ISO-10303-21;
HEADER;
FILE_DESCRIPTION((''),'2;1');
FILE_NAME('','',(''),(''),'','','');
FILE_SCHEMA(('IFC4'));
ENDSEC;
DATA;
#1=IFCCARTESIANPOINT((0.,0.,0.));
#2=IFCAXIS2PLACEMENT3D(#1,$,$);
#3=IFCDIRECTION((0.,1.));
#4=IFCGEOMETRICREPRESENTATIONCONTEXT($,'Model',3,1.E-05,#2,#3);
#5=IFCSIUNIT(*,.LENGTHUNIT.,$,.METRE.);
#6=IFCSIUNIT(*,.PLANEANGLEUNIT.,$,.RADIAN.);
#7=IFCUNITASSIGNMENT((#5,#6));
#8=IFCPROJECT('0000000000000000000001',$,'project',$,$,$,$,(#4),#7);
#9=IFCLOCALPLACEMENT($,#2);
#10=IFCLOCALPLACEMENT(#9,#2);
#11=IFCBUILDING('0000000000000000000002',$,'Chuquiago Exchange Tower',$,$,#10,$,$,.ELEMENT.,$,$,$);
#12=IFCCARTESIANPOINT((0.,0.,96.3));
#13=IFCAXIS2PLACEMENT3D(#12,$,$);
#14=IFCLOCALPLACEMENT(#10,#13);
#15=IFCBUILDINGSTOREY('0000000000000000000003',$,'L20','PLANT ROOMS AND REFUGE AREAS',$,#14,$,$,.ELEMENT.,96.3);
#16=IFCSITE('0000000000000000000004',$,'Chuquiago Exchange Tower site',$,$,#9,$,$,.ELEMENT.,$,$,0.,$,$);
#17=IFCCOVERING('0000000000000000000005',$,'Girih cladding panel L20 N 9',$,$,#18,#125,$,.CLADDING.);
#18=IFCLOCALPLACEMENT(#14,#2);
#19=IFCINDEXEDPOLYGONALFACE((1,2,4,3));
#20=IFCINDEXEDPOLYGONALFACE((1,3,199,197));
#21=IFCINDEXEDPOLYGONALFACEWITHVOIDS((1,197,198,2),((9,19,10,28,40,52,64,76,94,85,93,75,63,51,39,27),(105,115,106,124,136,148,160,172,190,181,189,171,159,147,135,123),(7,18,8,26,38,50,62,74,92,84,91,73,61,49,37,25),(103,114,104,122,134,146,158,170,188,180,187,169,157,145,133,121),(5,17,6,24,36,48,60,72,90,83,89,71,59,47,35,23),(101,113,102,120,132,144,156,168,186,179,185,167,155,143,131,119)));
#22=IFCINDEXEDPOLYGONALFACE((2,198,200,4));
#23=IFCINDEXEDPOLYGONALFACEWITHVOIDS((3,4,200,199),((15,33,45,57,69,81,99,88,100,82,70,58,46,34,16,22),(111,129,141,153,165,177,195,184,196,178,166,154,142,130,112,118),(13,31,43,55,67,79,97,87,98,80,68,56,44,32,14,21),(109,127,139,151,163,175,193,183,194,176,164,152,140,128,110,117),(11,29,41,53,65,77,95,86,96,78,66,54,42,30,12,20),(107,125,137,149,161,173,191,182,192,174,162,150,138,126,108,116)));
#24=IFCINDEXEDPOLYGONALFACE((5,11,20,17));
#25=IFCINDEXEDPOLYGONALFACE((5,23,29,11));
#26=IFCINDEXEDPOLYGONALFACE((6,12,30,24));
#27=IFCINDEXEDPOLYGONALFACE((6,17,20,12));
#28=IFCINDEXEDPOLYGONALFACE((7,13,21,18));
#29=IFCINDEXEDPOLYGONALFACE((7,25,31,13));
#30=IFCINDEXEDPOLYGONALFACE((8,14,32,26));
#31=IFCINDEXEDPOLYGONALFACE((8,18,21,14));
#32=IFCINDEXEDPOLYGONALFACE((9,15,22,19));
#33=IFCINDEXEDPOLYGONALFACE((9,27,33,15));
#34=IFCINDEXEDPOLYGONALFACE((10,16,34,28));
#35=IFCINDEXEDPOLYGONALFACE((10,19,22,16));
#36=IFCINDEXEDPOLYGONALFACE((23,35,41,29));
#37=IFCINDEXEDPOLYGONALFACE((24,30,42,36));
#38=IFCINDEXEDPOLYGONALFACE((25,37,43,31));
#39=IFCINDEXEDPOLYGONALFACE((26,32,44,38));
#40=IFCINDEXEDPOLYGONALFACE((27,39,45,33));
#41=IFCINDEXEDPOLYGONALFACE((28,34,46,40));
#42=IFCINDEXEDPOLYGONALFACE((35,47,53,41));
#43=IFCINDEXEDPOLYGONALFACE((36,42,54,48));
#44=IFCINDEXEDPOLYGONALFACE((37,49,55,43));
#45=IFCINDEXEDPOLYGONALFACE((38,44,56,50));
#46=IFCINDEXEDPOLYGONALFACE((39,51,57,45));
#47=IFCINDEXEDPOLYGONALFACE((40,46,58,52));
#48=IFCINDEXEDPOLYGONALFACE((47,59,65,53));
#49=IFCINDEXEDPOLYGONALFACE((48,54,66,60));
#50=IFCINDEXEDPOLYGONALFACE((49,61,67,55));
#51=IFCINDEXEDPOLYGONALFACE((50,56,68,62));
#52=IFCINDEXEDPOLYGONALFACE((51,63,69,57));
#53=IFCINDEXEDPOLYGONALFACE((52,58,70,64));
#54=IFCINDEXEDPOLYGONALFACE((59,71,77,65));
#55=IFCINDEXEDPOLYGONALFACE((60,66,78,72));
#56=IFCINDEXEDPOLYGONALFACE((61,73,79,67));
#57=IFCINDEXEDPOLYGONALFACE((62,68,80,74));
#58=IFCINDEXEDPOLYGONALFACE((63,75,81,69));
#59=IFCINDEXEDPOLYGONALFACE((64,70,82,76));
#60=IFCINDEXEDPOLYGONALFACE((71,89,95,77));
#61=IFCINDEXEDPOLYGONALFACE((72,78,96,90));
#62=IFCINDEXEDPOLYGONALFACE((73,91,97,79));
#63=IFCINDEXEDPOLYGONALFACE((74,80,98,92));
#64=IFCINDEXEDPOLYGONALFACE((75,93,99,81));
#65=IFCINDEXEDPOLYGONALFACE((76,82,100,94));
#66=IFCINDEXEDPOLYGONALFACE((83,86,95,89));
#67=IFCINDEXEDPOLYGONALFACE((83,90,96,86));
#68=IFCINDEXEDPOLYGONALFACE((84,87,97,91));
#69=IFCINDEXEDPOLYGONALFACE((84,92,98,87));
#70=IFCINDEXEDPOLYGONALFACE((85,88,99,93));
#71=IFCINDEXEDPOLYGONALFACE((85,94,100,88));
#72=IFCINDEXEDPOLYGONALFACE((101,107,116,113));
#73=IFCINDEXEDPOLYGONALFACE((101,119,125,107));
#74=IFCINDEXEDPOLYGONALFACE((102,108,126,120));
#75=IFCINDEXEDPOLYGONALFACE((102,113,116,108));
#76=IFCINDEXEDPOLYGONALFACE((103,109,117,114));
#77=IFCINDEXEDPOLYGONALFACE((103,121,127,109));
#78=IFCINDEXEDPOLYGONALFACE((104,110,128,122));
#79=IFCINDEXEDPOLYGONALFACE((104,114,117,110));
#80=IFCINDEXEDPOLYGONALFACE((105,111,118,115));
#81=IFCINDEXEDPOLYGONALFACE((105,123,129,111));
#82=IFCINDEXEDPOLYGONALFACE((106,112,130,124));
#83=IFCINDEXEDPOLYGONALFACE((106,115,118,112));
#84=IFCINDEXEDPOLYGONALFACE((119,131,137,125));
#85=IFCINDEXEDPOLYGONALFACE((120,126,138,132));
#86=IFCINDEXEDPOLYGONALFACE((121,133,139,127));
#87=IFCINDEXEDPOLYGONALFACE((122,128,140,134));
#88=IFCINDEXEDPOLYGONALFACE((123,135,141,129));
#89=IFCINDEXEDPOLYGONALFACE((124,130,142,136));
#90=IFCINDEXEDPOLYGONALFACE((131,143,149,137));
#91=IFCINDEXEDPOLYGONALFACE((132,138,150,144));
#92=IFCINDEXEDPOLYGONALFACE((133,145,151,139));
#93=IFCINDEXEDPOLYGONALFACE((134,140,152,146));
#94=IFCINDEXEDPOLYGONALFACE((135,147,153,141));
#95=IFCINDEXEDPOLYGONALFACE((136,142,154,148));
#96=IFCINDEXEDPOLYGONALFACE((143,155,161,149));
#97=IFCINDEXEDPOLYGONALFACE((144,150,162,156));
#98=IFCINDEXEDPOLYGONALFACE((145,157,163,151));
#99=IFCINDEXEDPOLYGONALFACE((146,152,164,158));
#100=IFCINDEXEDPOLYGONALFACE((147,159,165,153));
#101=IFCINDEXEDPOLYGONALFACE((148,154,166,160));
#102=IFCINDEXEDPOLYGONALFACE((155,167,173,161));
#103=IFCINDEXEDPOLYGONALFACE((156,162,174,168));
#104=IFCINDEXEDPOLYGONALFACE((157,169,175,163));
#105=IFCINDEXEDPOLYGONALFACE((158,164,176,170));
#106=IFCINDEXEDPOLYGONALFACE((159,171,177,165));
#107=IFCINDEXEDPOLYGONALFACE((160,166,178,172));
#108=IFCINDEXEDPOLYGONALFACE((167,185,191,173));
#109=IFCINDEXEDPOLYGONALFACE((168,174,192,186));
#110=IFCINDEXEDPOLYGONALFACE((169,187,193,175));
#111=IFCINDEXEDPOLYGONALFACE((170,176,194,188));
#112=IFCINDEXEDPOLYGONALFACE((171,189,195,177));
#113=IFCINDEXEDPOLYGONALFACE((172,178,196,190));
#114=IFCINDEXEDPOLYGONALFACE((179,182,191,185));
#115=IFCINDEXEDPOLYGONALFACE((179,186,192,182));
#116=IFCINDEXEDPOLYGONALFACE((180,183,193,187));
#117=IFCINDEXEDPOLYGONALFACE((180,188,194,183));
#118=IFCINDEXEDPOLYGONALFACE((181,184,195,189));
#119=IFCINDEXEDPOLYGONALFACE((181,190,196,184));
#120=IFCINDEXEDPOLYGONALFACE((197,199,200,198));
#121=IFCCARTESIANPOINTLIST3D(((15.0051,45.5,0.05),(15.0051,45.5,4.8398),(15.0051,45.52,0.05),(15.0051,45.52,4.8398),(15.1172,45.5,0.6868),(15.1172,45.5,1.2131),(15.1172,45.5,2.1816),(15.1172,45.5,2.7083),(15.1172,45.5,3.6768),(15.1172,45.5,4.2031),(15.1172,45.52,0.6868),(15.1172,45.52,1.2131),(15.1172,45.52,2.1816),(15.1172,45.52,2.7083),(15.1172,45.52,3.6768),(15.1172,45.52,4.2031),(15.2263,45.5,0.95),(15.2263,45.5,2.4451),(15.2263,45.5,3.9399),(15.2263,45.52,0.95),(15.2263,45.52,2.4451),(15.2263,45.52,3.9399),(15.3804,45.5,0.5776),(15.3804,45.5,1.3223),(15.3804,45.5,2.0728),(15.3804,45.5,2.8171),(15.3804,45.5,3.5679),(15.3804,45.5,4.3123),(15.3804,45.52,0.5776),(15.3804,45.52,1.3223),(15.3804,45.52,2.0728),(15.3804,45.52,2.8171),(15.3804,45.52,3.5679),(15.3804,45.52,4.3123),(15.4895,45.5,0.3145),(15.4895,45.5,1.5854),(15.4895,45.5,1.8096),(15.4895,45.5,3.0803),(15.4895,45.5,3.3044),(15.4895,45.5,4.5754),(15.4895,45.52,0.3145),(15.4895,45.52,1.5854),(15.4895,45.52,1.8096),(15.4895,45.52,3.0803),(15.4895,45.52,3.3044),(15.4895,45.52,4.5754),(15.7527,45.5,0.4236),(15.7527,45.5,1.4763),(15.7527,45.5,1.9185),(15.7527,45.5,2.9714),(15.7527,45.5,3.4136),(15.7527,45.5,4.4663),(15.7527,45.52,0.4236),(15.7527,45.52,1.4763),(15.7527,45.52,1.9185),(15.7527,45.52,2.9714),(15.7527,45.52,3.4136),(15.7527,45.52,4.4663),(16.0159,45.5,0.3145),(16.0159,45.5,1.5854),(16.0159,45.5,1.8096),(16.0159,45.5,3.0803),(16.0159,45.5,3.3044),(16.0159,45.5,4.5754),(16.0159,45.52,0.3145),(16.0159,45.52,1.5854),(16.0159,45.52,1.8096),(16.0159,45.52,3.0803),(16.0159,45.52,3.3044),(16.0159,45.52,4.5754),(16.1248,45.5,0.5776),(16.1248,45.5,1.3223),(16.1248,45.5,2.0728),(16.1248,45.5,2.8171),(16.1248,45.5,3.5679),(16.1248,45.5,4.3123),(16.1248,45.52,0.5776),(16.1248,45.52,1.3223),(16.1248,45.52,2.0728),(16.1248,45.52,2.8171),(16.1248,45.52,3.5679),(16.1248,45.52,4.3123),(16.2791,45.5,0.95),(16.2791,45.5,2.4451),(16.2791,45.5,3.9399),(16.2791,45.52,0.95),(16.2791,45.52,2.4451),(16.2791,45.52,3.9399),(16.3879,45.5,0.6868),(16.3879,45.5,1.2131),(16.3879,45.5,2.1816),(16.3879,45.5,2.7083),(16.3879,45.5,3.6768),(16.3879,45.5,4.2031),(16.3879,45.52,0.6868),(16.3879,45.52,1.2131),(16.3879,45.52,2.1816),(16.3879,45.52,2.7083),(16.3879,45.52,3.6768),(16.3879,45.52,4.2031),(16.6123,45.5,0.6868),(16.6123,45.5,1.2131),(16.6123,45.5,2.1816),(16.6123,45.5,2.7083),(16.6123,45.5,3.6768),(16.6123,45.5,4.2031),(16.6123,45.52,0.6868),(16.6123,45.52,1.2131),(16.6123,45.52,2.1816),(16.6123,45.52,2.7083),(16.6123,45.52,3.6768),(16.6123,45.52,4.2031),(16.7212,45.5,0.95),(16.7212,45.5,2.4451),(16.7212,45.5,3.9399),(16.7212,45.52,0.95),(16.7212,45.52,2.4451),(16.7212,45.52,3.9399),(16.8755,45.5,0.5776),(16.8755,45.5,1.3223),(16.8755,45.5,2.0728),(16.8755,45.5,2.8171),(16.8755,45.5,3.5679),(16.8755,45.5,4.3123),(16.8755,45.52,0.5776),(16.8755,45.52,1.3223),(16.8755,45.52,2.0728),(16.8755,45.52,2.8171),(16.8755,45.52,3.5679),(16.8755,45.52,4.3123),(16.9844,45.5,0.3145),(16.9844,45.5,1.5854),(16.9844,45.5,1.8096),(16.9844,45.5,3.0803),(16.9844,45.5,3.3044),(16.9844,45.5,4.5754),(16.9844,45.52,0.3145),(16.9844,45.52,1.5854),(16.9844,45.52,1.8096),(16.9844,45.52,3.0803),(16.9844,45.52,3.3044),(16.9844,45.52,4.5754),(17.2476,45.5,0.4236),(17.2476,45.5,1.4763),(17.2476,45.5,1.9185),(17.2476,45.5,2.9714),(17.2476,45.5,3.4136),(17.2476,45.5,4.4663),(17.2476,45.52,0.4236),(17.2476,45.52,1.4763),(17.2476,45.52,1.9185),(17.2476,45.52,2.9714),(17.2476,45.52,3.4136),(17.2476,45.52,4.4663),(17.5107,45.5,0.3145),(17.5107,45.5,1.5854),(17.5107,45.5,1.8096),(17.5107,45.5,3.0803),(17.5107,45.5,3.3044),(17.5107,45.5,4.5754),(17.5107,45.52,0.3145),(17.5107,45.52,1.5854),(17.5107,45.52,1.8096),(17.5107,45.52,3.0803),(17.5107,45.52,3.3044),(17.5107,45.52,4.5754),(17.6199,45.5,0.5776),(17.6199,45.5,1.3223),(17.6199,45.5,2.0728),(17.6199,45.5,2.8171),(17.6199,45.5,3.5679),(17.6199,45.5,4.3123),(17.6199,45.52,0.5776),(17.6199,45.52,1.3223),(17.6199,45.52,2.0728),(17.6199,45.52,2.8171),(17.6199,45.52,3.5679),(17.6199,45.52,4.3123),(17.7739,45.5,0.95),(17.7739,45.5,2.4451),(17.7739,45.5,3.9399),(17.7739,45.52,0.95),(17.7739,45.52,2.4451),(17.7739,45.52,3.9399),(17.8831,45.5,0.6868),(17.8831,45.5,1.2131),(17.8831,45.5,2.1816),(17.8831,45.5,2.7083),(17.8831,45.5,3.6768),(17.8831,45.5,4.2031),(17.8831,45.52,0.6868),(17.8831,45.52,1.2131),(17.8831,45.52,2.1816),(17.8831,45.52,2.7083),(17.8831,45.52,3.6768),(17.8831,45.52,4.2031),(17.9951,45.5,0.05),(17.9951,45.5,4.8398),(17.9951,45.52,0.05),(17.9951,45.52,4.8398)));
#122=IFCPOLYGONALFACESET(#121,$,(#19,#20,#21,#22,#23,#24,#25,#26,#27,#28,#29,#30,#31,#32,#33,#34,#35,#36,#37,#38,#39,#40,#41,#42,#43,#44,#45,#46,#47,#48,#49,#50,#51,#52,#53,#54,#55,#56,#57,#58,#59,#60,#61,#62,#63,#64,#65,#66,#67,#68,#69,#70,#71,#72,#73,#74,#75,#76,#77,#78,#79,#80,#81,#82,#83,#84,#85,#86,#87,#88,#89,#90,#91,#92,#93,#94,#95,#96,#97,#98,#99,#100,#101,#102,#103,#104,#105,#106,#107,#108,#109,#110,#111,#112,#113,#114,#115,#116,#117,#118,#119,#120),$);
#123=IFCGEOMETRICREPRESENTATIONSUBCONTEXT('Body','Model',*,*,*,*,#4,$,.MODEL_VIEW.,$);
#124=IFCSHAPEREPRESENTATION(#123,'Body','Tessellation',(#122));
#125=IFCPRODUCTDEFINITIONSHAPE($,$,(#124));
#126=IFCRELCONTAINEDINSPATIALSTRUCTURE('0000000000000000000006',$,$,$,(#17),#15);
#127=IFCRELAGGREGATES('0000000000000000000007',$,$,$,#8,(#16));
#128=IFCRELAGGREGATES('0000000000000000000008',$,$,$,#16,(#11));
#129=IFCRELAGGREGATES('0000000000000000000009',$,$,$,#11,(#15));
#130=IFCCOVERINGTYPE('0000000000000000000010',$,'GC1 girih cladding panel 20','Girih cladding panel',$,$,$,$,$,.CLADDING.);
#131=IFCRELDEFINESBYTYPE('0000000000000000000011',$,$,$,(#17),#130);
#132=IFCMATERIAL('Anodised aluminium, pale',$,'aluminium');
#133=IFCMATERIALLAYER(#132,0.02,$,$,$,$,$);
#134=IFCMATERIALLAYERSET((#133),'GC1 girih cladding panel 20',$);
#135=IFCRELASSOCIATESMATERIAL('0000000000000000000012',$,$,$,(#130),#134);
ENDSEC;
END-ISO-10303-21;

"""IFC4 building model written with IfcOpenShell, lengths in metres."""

from ifc_helpers import new_model, si_unit, direction, frame, origin, place, context, subcontext, project, spatial, polyline, outline, extrude, material, layer, layer_set, type_object, element, save


model = new_model("IFC4")

# Units and contexts
model_context = context("Model", 3, precision=1e-05, world=origin(), true_north=direction((0.0, 1.0)))
body_context = subcontext(model_context, "Body", "Model", "MODEL_VIEW")
ifc_project = project(units=[si_unit("LENGTHUNIT", "METRE"), si_unit("PLANEANGLEUNIT", "RADIAN")], contexts=[model_context])

# Site, building, storey
site_placement = place(None, origin())
site = spatial("IfcSite", under=ifc_project, at=site_placement, Name="Chuquiago Exchange Tower site", CompositionType="ELEMENT", RefElevation=0.0)
building_placement = place(site_placement, origin())
building = spatial("IfcBuilding", under=site, at=building_placement, Name="Chuquiago Exchange Tower", CompositionType="ELEMENT")
storey_placement = place(building_placement, frame((0.0, 0.0, 96.3)))
storey = spatial("IfcBuildingStorey", under=building, at=storey_placement, Name="L20", Description="PLANT ROOMS AND REFUGE AREAS", CompositionType="ELEMENT", Elevation=96.3)

# Covering
ifc_material_1 = material(Name="Anodised aluminium, pale", Category="aluminium")
ifc_layer_1 = layer(ifc_material_1, 0.02)
ifc_layer_set_1 = layer_set([ifc_layer_1], Name="GC1 girih cladding panel 20")
covering_type = type_object("IfcCoveringType", Name="GC1 girih cladding panel 20", Description="Girih cladding panel", PredefinedType="CLADDING", material=ifc_layer_set_1)
covering_1_placement = place(storey_placement, frame((17.9951, 45.5, 0.05), z_axis=(0.0, 0.0, 1.0), x_axis=(-1.0, 0.0, 0.0)))
element("IfcCovering", 1, at=covering_1_placement, inside=storey, type_object=covering_type, Name="Girih cladding panel L20 N 9", PredefinedType="CLADDING", context=body_context, shape_type="SweptSolid", body=[
    extrude(outline(polyline([(0.0, 0.0), (2.99, 0.0), (2.99, 4.7898), (0.0, 4.7898), (0.0, 0.0)]), holes=[polyline([(1.2739, 0.8999), (1.3828, 1.1631), (1.1196, 1.2722), (1.0107, 1.5354), (0.7476, 1.4263), (0.4844, 1.5354), (0.3752, 1.2722), (0.1121, 1.1631), (0.2212, 0.8999), (0.1121, 0.6367), (0.3752, 0.5276), (0.4844, 0.2644), (0.7476, 0.3735), (1.0107, 0.2644), (1.1196, 0.5276), (1.3828, 0.6367), (1.2739, 0.8999)]), polyline([(2.7688, 0.8999), (2.8779, 1.1631), (2.6147, 1.2722), (2.5056, 1.5354), (2.2424, 1.4263), (1.9792, 1.5354), (1.8704, 1.2722), (1.6072, 1.1631), (1.7161, 0.8999), (1.6072, 0.6367), (1.8704, 0.5276), (1.9792, 0.2644), (2.2424, 0.3735), (2.5056, 0.2644), (2.6147, 0.5276), (2.8779, 0.6367), (2.7688, 0.8999)]), polyline([(1.2739, 2.395), (1.3828, 2.6582), (1.1196, 2.7671), (1.0107, 3.0303), (0.7476, 2.9214), (0.4844, 3.0303), (0.3752, 2.7671), (0.1121, 2.6582), (0.2212, 2.395), (0.1121, 2.1316), (0.3752, 2.0227), (0.4844, 1.7595), (0.7476, 1.8684), (1.0107, 1.7595), (1.1196, 2.0227), (1.3828, 2.1316), (1.2739, 2.395)]), polyline([(2.7688, 2.395), (2.8779, 2.6582), (2.6147, 2.7671), (2.5056, 3.0303), (2.2424, 2.9214), (1.9792, 3.0303), (1.8704, 2.7671), (1.6072, 2.6582), (1.7161, 2.395), (1.6072, 2.1316), (1.8704, 2.0227), (1.9792, 1.7595), (2.2424, 1.8684), (2.5056, 1.7595), (2.6147, 2.0227), (2.8779, 2.1316), (2.7688, 2.395)]), polyline([(1.2739, 3.8899), (1.3828, 4.1531), (1.1196, 4.2622), (1.0107, 4.5254), (0.7476, 4.4163), (0.4844, 4.5254), (0.3752, 4.2622), (0.1121, 4.1531), (0.2212, 3.8899), (0.1121, 3.6267), (0.3752, 3.5178), (0.4844, 3.2544), (0.7476, 3.3635), (1.0107, 3.2544), (1.1196, 3.5178), (1.3828, 3.6267), (1.2739, 3.8899)]), polyline([(2.7688, 3.8899), (2.8779, 4.1531), (2.6147, 4.2622), (2.5056, 4.5254), (2.2424, 4.4163), (1.9792, 4.5254), (1.8704, 4.2622), (1.6072, 4.1531), (1.7161, 3.8899), (1.6072, 3.6267), (1.8704, 3.5178), (1.9792, 3.2544), (2.2424, 3.3635), (2.5056, 3.2544), (2.6147, 3.5178), (2.8779, 3.6267), (2.7688, 3.8899)])]), frame((0.0, 0.0, 0.0), z_axis=(0.0, -1.0, 0.0), x_axis=(1.0, 0.0, 0.0)), (0.0, 0.0, 1.0), 0.02),
])

save(model, "model.ifc")
